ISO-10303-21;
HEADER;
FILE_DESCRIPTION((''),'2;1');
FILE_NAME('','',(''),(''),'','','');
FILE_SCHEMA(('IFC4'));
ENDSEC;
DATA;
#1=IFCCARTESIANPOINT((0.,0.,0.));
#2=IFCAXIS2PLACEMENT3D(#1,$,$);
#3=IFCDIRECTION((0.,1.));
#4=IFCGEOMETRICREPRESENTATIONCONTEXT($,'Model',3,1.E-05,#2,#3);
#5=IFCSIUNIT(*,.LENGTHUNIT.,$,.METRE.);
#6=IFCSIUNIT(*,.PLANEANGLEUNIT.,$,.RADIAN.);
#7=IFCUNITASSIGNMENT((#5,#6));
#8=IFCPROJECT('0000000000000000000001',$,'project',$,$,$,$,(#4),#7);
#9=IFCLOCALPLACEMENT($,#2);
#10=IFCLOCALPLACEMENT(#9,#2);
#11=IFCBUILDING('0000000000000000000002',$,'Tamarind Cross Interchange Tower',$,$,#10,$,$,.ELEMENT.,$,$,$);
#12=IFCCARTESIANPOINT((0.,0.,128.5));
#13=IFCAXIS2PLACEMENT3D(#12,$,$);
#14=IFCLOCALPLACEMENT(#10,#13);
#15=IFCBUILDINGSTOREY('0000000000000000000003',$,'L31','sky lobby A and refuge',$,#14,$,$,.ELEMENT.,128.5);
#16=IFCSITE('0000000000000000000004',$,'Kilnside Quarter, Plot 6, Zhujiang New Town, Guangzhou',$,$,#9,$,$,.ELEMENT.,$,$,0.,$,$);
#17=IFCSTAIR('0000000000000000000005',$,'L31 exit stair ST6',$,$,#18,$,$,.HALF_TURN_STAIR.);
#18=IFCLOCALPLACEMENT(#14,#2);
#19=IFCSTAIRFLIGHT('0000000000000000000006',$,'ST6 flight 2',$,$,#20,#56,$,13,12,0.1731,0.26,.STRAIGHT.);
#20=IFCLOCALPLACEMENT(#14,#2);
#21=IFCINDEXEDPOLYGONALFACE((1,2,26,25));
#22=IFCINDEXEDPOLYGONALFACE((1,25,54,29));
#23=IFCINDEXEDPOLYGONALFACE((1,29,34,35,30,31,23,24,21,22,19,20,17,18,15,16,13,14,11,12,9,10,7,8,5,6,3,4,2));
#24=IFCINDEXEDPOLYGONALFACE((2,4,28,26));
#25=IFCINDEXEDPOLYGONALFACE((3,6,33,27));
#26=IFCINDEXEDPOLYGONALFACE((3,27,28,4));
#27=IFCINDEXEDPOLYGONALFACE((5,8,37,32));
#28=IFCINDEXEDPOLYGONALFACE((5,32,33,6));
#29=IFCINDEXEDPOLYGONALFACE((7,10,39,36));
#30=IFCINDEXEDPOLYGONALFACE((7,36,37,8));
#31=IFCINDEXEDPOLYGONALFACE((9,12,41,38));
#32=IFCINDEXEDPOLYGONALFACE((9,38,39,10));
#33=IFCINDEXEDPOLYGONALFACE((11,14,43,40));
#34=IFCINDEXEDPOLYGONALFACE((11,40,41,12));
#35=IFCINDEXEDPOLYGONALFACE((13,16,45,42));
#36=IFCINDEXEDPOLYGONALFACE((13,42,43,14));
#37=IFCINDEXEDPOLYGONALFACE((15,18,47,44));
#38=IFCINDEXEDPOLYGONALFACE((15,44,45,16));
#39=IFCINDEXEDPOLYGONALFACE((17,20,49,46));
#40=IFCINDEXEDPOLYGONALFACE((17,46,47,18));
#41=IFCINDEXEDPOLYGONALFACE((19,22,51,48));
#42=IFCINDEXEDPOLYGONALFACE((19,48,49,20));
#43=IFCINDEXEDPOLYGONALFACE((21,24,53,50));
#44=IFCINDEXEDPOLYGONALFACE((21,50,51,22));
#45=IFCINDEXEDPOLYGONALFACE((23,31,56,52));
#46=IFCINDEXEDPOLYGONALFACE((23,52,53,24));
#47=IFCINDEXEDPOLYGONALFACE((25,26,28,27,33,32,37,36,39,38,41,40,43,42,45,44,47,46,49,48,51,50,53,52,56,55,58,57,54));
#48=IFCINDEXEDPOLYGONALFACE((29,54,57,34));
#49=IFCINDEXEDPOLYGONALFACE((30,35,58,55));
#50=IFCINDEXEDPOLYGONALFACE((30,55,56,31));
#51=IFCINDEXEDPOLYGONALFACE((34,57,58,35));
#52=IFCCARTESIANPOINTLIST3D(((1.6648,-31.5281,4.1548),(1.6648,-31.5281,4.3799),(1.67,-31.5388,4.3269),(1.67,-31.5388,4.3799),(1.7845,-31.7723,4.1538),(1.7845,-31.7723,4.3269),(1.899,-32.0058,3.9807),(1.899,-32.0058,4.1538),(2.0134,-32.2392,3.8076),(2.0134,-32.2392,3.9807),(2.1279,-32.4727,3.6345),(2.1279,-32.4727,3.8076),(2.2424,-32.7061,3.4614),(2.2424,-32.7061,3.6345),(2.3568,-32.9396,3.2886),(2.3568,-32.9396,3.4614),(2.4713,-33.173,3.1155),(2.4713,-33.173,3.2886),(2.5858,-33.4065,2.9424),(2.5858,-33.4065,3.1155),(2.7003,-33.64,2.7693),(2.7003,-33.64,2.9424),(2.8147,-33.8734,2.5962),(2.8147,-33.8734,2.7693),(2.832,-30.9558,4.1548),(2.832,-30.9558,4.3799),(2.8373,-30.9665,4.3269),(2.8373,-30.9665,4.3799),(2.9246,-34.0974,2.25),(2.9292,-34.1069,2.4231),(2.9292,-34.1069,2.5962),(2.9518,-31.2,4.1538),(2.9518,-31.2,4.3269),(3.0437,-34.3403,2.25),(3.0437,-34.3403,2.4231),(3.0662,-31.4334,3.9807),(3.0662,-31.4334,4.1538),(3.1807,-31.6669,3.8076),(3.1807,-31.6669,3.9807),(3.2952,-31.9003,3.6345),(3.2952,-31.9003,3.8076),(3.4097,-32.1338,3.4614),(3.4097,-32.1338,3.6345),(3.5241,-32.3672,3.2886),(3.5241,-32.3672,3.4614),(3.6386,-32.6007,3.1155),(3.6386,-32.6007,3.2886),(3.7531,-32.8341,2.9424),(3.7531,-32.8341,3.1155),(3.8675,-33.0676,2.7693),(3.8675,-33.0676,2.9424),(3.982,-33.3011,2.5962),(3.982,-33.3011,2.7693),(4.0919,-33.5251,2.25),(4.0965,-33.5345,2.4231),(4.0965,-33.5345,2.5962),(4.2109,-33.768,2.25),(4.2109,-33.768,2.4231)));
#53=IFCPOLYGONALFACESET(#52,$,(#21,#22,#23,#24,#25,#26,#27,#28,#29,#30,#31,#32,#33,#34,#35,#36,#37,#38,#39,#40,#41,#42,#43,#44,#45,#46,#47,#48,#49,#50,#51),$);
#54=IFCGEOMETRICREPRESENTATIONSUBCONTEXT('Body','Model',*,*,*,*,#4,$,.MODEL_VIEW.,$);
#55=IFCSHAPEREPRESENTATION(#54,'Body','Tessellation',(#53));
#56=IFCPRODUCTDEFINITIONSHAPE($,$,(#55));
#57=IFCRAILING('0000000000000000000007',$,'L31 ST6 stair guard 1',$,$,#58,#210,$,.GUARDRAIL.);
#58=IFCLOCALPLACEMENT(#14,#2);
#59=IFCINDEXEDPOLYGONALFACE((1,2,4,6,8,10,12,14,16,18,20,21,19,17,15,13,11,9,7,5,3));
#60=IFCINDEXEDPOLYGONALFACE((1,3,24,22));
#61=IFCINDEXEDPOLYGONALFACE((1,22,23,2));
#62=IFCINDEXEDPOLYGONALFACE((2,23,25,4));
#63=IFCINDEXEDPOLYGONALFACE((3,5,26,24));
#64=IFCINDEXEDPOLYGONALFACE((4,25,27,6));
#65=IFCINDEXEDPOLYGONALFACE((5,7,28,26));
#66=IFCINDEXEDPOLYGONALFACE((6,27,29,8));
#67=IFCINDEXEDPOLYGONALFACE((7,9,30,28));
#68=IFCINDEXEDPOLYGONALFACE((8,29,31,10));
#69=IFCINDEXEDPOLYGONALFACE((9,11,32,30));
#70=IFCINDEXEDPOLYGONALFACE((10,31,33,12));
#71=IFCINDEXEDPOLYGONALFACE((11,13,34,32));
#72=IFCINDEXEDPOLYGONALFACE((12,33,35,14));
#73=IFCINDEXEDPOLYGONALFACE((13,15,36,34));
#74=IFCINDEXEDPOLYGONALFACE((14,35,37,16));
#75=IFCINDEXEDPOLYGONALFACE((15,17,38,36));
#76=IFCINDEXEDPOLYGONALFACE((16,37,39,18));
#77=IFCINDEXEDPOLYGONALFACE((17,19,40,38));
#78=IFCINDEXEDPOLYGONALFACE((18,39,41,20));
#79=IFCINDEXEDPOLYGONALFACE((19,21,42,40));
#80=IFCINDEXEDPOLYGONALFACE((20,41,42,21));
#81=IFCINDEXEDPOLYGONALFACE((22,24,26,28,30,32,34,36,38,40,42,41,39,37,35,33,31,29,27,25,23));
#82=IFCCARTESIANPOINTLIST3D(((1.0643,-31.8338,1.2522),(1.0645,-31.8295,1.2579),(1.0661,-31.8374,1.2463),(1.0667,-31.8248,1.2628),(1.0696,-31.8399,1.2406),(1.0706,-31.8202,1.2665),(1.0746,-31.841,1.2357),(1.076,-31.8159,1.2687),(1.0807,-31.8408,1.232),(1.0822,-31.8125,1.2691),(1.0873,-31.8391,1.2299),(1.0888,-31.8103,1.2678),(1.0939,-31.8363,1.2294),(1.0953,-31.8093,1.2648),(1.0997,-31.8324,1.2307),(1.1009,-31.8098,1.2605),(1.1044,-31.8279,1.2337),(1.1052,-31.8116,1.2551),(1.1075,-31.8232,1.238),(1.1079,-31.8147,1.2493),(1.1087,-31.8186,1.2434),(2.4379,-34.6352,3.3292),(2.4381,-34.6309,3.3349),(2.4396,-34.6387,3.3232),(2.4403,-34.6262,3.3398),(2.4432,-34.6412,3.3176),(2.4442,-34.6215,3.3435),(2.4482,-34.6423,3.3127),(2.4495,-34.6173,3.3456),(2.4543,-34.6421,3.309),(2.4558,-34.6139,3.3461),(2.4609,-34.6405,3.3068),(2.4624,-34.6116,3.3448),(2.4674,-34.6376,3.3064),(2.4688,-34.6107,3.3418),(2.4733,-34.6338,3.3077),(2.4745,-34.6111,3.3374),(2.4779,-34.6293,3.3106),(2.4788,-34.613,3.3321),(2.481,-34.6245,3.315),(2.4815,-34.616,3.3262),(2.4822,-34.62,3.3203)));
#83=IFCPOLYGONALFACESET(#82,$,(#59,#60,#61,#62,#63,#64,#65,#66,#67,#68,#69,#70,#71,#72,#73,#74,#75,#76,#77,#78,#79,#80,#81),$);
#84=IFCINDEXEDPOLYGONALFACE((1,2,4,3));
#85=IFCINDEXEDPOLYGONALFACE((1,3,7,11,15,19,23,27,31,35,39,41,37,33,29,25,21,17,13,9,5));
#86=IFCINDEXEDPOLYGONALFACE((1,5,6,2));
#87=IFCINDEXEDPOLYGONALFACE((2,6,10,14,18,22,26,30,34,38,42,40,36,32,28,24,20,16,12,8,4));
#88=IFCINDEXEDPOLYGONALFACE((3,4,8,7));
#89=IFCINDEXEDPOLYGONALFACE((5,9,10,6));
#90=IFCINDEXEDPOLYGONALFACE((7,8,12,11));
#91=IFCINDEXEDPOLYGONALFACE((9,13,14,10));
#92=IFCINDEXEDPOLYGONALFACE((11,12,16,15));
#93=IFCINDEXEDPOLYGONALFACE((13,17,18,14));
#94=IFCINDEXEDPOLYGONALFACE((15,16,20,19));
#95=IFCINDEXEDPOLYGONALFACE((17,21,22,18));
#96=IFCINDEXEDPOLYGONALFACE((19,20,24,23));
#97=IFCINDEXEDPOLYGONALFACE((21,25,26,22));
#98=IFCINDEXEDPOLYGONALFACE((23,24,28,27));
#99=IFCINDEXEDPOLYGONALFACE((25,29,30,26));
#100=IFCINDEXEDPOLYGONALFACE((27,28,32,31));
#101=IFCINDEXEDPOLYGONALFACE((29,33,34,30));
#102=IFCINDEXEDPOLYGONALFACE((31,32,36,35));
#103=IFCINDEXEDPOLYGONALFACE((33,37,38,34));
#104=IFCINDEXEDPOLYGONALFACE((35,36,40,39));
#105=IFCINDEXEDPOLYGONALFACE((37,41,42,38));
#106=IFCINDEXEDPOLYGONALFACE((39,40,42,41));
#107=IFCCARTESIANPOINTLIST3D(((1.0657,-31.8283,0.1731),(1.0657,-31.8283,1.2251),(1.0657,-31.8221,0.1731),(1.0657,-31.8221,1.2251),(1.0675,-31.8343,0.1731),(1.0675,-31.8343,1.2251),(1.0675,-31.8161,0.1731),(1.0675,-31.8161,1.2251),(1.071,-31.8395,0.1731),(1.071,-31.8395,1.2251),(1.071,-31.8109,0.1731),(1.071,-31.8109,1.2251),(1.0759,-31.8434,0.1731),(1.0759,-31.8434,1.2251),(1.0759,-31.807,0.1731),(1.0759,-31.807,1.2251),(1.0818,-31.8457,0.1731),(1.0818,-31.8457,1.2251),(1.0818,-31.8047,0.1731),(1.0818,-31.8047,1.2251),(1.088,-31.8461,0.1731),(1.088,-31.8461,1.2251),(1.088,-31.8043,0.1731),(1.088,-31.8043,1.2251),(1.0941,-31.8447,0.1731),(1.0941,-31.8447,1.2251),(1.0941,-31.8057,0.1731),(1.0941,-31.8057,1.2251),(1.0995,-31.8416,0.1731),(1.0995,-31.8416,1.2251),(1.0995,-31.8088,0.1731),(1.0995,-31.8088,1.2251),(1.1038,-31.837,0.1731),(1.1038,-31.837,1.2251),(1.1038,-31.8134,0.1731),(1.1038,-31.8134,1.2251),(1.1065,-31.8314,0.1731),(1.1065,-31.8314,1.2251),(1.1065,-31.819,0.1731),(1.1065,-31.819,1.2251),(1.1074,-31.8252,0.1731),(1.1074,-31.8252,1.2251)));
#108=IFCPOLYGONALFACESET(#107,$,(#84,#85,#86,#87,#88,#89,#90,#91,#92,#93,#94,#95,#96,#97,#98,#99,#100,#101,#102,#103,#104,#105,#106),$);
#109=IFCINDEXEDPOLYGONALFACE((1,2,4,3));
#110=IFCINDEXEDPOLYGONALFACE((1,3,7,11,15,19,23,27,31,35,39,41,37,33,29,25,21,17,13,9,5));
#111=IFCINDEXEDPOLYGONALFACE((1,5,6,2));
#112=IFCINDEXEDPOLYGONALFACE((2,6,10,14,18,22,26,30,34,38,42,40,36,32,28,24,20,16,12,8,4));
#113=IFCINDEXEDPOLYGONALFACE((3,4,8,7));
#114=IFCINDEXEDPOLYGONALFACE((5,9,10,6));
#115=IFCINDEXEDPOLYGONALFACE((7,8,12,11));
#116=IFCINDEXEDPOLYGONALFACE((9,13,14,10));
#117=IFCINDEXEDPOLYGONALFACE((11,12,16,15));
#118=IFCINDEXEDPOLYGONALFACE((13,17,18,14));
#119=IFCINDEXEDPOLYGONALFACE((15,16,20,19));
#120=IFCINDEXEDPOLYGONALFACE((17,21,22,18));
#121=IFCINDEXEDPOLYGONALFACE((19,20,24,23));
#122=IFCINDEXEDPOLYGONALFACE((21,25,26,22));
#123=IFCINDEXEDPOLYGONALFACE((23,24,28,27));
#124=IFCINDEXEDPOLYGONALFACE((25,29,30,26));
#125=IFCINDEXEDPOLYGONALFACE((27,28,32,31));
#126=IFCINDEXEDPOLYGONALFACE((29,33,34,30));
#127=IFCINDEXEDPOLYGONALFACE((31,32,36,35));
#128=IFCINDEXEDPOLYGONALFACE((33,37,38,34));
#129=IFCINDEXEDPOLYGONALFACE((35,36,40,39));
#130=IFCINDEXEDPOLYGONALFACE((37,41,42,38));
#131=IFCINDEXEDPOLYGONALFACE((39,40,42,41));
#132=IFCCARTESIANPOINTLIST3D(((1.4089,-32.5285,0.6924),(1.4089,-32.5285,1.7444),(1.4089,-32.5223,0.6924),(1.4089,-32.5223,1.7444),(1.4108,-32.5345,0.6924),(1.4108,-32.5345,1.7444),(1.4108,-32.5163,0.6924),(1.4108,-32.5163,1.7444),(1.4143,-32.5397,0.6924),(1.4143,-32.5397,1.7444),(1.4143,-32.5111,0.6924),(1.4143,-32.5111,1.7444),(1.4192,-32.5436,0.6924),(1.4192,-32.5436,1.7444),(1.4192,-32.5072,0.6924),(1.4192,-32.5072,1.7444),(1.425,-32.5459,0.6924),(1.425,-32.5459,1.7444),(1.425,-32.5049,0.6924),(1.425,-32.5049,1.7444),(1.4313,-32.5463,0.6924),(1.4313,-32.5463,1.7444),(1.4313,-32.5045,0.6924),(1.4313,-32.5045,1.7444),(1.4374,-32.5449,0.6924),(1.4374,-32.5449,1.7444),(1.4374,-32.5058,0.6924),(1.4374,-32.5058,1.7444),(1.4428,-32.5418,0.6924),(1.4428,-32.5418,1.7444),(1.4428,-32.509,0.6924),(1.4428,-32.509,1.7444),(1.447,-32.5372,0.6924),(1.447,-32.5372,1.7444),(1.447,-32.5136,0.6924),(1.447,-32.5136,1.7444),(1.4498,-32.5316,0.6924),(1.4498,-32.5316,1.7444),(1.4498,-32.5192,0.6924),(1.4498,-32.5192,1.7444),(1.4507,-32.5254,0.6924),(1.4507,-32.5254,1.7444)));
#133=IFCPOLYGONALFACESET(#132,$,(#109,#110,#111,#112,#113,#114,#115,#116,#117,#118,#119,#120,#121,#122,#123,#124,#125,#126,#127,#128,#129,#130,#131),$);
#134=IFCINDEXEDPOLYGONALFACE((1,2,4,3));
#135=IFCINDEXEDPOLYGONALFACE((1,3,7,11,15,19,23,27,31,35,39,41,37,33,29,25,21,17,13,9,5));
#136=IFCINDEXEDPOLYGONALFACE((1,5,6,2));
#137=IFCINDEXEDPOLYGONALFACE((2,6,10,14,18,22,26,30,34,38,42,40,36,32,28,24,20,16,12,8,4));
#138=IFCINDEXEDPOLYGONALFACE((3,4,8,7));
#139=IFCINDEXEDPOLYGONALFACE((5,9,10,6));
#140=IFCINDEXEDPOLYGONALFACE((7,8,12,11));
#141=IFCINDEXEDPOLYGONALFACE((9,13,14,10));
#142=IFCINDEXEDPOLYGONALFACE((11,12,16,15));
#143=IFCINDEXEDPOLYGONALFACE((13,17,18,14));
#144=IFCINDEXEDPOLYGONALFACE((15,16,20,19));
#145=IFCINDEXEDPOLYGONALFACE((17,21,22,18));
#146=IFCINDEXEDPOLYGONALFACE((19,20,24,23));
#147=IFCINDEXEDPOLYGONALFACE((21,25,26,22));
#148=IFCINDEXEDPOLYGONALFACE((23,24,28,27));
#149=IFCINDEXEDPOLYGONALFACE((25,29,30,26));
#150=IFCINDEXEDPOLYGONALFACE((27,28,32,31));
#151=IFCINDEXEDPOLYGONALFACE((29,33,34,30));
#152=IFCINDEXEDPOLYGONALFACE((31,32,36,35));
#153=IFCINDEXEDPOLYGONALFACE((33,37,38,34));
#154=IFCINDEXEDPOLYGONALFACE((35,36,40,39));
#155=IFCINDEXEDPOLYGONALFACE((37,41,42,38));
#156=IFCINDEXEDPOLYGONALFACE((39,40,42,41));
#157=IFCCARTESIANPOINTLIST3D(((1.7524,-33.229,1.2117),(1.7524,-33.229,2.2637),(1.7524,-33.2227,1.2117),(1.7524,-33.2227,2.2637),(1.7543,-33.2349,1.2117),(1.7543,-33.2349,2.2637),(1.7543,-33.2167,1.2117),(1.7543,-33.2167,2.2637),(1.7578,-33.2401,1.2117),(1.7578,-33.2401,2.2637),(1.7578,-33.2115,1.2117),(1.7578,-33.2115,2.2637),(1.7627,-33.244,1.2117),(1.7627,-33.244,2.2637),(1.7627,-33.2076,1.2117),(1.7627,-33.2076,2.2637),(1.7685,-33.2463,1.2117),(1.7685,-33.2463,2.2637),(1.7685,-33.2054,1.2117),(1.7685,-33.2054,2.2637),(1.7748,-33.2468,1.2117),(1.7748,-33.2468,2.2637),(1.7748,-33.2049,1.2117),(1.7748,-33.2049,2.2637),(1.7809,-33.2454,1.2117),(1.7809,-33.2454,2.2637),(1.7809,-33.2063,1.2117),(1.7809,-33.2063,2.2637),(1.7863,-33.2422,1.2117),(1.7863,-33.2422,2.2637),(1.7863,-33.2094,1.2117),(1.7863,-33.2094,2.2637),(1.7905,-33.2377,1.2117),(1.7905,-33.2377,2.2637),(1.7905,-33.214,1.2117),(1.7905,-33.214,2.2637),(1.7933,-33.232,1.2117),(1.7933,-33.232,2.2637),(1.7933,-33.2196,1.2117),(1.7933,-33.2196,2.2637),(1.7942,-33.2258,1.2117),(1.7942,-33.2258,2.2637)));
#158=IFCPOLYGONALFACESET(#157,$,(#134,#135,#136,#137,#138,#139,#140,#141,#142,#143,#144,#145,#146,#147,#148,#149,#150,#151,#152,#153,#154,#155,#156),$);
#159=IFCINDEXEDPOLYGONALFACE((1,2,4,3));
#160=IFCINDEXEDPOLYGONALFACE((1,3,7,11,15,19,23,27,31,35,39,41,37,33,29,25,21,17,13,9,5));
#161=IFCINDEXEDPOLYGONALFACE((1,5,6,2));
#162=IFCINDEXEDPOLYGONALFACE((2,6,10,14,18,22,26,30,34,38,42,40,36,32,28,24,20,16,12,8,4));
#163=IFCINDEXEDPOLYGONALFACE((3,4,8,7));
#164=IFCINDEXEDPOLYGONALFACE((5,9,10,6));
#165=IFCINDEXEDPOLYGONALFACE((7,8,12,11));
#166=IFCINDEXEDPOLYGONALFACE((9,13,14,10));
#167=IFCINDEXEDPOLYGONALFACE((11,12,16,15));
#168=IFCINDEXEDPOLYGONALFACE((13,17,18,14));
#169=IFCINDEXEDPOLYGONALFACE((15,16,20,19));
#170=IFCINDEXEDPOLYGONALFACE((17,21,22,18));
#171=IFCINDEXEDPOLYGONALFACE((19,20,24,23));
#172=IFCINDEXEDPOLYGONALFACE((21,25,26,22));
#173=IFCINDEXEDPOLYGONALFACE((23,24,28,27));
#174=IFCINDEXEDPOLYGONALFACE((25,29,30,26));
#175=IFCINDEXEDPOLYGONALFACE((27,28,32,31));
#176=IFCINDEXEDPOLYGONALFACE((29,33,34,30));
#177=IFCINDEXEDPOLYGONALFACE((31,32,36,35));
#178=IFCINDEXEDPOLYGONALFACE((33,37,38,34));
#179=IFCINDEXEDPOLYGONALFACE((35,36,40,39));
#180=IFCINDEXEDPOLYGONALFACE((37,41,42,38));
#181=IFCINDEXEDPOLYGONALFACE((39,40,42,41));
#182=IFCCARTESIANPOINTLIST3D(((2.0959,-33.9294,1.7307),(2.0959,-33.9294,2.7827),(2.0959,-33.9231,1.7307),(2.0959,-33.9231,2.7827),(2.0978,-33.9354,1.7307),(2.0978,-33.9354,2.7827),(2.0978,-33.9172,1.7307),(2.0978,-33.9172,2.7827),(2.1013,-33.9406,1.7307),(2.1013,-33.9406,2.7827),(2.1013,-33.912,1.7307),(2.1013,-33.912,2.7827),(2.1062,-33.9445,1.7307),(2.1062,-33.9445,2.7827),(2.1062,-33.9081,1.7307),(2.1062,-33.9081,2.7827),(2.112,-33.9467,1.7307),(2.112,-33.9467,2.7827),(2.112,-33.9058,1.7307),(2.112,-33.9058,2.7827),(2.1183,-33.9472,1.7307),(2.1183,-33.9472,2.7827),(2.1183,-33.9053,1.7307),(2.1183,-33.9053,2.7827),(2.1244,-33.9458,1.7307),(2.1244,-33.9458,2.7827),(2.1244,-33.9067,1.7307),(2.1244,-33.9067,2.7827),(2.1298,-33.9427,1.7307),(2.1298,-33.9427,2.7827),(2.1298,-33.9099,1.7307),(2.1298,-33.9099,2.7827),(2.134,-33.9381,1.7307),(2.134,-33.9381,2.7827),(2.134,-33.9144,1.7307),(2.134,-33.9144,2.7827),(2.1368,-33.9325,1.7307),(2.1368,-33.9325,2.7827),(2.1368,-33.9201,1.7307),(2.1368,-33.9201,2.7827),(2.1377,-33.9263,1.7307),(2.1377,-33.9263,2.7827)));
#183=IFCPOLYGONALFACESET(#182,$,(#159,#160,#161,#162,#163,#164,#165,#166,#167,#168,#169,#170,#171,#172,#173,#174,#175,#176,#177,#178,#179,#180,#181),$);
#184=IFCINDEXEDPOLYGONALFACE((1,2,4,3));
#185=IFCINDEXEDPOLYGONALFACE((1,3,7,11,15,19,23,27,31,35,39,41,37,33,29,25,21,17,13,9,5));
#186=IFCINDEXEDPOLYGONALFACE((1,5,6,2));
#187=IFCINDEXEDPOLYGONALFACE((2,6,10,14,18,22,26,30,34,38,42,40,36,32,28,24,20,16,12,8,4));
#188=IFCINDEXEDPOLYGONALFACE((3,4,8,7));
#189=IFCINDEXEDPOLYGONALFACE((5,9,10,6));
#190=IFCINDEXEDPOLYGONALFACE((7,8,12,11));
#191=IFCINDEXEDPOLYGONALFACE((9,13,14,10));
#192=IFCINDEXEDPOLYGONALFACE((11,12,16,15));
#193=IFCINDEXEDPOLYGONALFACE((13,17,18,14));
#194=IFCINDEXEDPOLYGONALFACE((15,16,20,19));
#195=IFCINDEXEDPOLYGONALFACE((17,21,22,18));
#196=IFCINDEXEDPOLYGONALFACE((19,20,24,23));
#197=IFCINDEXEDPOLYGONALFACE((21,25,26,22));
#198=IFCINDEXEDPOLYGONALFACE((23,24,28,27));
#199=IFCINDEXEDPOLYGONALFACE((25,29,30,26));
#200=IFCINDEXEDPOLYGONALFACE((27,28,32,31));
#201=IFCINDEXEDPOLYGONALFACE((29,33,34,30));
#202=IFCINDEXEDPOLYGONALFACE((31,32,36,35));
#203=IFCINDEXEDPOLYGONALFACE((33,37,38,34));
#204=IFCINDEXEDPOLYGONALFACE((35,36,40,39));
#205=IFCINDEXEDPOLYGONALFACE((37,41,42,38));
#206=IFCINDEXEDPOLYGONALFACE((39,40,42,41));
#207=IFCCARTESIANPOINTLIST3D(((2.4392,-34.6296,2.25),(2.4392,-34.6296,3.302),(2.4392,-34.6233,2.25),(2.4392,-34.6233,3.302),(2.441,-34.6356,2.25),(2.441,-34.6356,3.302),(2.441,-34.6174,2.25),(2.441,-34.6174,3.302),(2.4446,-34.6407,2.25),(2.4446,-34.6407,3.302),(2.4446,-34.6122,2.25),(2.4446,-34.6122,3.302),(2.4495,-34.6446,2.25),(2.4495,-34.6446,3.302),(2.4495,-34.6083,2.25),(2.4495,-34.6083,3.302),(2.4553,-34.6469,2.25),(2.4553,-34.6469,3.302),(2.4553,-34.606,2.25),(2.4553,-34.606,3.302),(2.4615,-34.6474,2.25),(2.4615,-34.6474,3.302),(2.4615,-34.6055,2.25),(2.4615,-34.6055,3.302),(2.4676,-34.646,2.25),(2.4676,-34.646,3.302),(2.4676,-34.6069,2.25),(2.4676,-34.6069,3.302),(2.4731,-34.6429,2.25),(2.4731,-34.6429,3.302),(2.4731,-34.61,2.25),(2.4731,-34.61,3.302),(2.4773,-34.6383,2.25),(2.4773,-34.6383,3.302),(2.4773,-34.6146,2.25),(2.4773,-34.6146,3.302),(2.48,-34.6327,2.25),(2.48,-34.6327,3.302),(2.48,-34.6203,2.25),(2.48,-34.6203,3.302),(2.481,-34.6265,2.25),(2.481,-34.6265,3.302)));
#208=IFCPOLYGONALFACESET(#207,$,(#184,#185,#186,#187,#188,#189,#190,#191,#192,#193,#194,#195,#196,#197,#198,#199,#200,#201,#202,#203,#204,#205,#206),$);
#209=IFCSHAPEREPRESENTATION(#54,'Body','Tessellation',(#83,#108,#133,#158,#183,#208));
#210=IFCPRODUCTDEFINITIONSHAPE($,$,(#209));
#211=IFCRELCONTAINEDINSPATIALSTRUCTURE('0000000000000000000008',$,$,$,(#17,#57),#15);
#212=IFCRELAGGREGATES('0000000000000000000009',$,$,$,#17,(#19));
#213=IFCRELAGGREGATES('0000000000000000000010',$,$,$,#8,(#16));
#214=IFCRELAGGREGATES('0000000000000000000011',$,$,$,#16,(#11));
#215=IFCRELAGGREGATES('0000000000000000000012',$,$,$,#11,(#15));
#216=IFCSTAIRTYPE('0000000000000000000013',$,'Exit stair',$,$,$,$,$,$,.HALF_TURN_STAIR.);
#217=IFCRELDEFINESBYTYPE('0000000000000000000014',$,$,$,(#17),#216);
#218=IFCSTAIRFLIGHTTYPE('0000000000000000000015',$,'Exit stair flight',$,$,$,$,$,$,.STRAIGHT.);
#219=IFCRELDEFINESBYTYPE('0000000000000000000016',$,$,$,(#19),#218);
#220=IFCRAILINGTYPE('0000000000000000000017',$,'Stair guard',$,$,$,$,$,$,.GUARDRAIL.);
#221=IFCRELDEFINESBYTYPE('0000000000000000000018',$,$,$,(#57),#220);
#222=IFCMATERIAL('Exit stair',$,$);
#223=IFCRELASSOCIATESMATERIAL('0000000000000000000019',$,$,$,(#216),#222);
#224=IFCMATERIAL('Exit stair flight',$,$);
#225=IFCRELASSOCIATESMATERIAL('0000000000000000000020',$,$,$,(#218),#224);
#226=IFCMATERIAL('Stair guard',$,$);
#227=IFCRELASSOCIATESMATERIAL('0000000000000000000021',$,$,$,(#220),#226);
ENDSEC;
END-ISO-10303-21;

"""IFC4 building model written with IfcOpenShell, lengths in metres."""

from ifc_helpers import new_model, si_unit, direction, frame, origin, origin_2d, place, context, subcontext, project, spatial, polyline, circle, outline, extrude, material, type_object, element, aggregate, save


model = new_model("IFC4")

# Units and contexts
model_context = context("Model", 3, precision=1e-05, world=origin(), true_north=direction((0.0, 1.0)))
body_context = subcontext(model_context, "Body", "Model", "MODEL_VIEW")
ifc_project = project(units=[si_unit("LENGTHUNIT", "METRE"), si_unit("PLANEANGLEUNIT", "RADIAN")], contexts=[model_context])

# Site, building, storey
site_placement = place(None, origin())
site = spatial("IfcSite", under=ifc_project, at=site_placement, Name="Kilnside Quarter, Plot 6, Zhujiang New Town, Guangzhou", CompositionType="ELEMENT", RefElevation=0.0)
building_placement = place(site_placement, origin())
building = spatial("IfcBuilding", under=site, at=building_placement, Name="Tamarind Cross Interchange Tower", CompositionType="ELEMENT")
storey_placement = place(building_placement, frame((0.0, 0.0, 128.5)))
storey = spatial("IfcBuildingStorey", under=building, at=storey_placement, Name="L31", Description="sky lobby A and refuge", CompositionType="ELEMENT", Elevation=128.5)

# Stair, stair flight
ifc_material_1 = material(Name="Exit stair")
stair_type = type_object("IfcStairType", Name="Exit stair", PredefinedType="HALF_TURN_STAIR", material=ifc_material_1)
stair_placement = place(storey_placement, origin())
stair = element("IfcStair", 1, at=stair_placement, inside=storey, type_object=stair_type, Name="L31 exit stair ST6", PredefinedType="HALF_TURN_STAIR")
ifc_material_2 = material(Name="Exit stair flight")
stair_flight_type = type_object("IfcStairFlightType", Name="Exit stair flight", PredefinedType="STRAIGHT", material=ifc_material_2)
stair_flight_1_placement = place(storey_placement, frame((3.6272, -34.0542, 2.25), z_axis=(0.0, 0.0, 1.0), x_axis=(-0.440253, 0.897874, 0.0)))
stair_flight_1 = element("IfcStairFlight", 2, at=stair_flight_1_placement, type_object=stair_flight_type, Name="ST6 flight 2", NumberOfRisers=13, NumberOfTreads=12, PredefinedType="STRAIGHT", RiserHeight=0.1731, TreadLength=0.26, context=body_context, shape_type="SweptSolid", body=[
    extrude(outline(polyline([(0.0, 0.0), (0.0, 0.1731), (0.26, 0.1731), (0.26, 0.3462), (0.52, 0.3462), (0.52, 0.5193), (0.78, 0.5193), (0.78, 0.6924), (1.04, 0.6924), (1.04, 0.8655), (1.3, 0.8655), (1.3, 1.0386), (1.5601, 1.0386), (1.5601, 1.2114), (1.8201, 1.2114), (1.8201, 1.3845), (2.0801, 1.3845), (2.0801, 1.5576), (2.3401, 1.5576), (2.3401, 1.7307), (2.6001, 1.7307), (2.6001, 1.9038), (2.8601, 1.9038), (2.8601, 2.0769), (3.1201, 2.0769), (3.1201, 2.1299), (3.1321, 2.1299), (3.1321, 1.9048), (0.2705, 0.0), (0.0, 0.0)])), frame((0.0, 0.6499, 0.0), z_axis=(0.0, -1.0, 0.0), x_axis=(1.0, 0.0, 0.0)), (0.0, 0.0, 1.0), 1.3),
])
aggregate(stair, [stair_flight_1])

# Railing
ifc_material_3 = material(Name="Stair guard")
railing_type_1 = type_object("IfcRailingType", Name="Stair guard", PredefinedType="GUARDRAIL", material=ifc_material_3)
railing_1_placement = place(storey_placement, frame((1.0864, -31.8252, 0.1731)))
element("IfcRailing", 3, at=railing_1_placement, inside=storey, type_object=railing_type_1, Name="L31 ST6 stair guard 1", PredefinedType="GUARDRAIL", context=body_context, shape_type="SweptSolid", body=[
    extrude(circle(Radius=0.0239, at=origin_2d()), frame((0.0, 0.0, 1.0762), z_axis=(0.366475, -0.747411, 0.554142), x_axis=(0.897875, 0.440251, 0.0)), (0.0, 0.0, 1.0), 3.748),
    extrude(circle(Radius=0.021, at=origin_2d()), origin(), (0.0, 0.0, 1.0), 1.052),
    extrude(circle(Radius=0.021, at=origin_2d()), frame((0.3433, -0.7002, 0.5193)), (0.0, 0.0, 1.0), 1.052),
    extrude(circle(Radius=0.021, at=origin_2d()), frame((0.6868, -1.4006, 1.0386)), (0.0, 0.0, 1.0), 1.052),
    extrude(circle(Radius=0.021, at=origin_2d()), frame((1.0303, -2.1011, 1.5576)), (0.0, 0.0, 1.0), 1.052),
    extrude(circle(Radius=0.021, at=origin_2d()), frame((1.3735, -2.8013, 2.0769)), (0.0, 0.0, 1.0), 1.052),
])

save(model, "model.ifc")
